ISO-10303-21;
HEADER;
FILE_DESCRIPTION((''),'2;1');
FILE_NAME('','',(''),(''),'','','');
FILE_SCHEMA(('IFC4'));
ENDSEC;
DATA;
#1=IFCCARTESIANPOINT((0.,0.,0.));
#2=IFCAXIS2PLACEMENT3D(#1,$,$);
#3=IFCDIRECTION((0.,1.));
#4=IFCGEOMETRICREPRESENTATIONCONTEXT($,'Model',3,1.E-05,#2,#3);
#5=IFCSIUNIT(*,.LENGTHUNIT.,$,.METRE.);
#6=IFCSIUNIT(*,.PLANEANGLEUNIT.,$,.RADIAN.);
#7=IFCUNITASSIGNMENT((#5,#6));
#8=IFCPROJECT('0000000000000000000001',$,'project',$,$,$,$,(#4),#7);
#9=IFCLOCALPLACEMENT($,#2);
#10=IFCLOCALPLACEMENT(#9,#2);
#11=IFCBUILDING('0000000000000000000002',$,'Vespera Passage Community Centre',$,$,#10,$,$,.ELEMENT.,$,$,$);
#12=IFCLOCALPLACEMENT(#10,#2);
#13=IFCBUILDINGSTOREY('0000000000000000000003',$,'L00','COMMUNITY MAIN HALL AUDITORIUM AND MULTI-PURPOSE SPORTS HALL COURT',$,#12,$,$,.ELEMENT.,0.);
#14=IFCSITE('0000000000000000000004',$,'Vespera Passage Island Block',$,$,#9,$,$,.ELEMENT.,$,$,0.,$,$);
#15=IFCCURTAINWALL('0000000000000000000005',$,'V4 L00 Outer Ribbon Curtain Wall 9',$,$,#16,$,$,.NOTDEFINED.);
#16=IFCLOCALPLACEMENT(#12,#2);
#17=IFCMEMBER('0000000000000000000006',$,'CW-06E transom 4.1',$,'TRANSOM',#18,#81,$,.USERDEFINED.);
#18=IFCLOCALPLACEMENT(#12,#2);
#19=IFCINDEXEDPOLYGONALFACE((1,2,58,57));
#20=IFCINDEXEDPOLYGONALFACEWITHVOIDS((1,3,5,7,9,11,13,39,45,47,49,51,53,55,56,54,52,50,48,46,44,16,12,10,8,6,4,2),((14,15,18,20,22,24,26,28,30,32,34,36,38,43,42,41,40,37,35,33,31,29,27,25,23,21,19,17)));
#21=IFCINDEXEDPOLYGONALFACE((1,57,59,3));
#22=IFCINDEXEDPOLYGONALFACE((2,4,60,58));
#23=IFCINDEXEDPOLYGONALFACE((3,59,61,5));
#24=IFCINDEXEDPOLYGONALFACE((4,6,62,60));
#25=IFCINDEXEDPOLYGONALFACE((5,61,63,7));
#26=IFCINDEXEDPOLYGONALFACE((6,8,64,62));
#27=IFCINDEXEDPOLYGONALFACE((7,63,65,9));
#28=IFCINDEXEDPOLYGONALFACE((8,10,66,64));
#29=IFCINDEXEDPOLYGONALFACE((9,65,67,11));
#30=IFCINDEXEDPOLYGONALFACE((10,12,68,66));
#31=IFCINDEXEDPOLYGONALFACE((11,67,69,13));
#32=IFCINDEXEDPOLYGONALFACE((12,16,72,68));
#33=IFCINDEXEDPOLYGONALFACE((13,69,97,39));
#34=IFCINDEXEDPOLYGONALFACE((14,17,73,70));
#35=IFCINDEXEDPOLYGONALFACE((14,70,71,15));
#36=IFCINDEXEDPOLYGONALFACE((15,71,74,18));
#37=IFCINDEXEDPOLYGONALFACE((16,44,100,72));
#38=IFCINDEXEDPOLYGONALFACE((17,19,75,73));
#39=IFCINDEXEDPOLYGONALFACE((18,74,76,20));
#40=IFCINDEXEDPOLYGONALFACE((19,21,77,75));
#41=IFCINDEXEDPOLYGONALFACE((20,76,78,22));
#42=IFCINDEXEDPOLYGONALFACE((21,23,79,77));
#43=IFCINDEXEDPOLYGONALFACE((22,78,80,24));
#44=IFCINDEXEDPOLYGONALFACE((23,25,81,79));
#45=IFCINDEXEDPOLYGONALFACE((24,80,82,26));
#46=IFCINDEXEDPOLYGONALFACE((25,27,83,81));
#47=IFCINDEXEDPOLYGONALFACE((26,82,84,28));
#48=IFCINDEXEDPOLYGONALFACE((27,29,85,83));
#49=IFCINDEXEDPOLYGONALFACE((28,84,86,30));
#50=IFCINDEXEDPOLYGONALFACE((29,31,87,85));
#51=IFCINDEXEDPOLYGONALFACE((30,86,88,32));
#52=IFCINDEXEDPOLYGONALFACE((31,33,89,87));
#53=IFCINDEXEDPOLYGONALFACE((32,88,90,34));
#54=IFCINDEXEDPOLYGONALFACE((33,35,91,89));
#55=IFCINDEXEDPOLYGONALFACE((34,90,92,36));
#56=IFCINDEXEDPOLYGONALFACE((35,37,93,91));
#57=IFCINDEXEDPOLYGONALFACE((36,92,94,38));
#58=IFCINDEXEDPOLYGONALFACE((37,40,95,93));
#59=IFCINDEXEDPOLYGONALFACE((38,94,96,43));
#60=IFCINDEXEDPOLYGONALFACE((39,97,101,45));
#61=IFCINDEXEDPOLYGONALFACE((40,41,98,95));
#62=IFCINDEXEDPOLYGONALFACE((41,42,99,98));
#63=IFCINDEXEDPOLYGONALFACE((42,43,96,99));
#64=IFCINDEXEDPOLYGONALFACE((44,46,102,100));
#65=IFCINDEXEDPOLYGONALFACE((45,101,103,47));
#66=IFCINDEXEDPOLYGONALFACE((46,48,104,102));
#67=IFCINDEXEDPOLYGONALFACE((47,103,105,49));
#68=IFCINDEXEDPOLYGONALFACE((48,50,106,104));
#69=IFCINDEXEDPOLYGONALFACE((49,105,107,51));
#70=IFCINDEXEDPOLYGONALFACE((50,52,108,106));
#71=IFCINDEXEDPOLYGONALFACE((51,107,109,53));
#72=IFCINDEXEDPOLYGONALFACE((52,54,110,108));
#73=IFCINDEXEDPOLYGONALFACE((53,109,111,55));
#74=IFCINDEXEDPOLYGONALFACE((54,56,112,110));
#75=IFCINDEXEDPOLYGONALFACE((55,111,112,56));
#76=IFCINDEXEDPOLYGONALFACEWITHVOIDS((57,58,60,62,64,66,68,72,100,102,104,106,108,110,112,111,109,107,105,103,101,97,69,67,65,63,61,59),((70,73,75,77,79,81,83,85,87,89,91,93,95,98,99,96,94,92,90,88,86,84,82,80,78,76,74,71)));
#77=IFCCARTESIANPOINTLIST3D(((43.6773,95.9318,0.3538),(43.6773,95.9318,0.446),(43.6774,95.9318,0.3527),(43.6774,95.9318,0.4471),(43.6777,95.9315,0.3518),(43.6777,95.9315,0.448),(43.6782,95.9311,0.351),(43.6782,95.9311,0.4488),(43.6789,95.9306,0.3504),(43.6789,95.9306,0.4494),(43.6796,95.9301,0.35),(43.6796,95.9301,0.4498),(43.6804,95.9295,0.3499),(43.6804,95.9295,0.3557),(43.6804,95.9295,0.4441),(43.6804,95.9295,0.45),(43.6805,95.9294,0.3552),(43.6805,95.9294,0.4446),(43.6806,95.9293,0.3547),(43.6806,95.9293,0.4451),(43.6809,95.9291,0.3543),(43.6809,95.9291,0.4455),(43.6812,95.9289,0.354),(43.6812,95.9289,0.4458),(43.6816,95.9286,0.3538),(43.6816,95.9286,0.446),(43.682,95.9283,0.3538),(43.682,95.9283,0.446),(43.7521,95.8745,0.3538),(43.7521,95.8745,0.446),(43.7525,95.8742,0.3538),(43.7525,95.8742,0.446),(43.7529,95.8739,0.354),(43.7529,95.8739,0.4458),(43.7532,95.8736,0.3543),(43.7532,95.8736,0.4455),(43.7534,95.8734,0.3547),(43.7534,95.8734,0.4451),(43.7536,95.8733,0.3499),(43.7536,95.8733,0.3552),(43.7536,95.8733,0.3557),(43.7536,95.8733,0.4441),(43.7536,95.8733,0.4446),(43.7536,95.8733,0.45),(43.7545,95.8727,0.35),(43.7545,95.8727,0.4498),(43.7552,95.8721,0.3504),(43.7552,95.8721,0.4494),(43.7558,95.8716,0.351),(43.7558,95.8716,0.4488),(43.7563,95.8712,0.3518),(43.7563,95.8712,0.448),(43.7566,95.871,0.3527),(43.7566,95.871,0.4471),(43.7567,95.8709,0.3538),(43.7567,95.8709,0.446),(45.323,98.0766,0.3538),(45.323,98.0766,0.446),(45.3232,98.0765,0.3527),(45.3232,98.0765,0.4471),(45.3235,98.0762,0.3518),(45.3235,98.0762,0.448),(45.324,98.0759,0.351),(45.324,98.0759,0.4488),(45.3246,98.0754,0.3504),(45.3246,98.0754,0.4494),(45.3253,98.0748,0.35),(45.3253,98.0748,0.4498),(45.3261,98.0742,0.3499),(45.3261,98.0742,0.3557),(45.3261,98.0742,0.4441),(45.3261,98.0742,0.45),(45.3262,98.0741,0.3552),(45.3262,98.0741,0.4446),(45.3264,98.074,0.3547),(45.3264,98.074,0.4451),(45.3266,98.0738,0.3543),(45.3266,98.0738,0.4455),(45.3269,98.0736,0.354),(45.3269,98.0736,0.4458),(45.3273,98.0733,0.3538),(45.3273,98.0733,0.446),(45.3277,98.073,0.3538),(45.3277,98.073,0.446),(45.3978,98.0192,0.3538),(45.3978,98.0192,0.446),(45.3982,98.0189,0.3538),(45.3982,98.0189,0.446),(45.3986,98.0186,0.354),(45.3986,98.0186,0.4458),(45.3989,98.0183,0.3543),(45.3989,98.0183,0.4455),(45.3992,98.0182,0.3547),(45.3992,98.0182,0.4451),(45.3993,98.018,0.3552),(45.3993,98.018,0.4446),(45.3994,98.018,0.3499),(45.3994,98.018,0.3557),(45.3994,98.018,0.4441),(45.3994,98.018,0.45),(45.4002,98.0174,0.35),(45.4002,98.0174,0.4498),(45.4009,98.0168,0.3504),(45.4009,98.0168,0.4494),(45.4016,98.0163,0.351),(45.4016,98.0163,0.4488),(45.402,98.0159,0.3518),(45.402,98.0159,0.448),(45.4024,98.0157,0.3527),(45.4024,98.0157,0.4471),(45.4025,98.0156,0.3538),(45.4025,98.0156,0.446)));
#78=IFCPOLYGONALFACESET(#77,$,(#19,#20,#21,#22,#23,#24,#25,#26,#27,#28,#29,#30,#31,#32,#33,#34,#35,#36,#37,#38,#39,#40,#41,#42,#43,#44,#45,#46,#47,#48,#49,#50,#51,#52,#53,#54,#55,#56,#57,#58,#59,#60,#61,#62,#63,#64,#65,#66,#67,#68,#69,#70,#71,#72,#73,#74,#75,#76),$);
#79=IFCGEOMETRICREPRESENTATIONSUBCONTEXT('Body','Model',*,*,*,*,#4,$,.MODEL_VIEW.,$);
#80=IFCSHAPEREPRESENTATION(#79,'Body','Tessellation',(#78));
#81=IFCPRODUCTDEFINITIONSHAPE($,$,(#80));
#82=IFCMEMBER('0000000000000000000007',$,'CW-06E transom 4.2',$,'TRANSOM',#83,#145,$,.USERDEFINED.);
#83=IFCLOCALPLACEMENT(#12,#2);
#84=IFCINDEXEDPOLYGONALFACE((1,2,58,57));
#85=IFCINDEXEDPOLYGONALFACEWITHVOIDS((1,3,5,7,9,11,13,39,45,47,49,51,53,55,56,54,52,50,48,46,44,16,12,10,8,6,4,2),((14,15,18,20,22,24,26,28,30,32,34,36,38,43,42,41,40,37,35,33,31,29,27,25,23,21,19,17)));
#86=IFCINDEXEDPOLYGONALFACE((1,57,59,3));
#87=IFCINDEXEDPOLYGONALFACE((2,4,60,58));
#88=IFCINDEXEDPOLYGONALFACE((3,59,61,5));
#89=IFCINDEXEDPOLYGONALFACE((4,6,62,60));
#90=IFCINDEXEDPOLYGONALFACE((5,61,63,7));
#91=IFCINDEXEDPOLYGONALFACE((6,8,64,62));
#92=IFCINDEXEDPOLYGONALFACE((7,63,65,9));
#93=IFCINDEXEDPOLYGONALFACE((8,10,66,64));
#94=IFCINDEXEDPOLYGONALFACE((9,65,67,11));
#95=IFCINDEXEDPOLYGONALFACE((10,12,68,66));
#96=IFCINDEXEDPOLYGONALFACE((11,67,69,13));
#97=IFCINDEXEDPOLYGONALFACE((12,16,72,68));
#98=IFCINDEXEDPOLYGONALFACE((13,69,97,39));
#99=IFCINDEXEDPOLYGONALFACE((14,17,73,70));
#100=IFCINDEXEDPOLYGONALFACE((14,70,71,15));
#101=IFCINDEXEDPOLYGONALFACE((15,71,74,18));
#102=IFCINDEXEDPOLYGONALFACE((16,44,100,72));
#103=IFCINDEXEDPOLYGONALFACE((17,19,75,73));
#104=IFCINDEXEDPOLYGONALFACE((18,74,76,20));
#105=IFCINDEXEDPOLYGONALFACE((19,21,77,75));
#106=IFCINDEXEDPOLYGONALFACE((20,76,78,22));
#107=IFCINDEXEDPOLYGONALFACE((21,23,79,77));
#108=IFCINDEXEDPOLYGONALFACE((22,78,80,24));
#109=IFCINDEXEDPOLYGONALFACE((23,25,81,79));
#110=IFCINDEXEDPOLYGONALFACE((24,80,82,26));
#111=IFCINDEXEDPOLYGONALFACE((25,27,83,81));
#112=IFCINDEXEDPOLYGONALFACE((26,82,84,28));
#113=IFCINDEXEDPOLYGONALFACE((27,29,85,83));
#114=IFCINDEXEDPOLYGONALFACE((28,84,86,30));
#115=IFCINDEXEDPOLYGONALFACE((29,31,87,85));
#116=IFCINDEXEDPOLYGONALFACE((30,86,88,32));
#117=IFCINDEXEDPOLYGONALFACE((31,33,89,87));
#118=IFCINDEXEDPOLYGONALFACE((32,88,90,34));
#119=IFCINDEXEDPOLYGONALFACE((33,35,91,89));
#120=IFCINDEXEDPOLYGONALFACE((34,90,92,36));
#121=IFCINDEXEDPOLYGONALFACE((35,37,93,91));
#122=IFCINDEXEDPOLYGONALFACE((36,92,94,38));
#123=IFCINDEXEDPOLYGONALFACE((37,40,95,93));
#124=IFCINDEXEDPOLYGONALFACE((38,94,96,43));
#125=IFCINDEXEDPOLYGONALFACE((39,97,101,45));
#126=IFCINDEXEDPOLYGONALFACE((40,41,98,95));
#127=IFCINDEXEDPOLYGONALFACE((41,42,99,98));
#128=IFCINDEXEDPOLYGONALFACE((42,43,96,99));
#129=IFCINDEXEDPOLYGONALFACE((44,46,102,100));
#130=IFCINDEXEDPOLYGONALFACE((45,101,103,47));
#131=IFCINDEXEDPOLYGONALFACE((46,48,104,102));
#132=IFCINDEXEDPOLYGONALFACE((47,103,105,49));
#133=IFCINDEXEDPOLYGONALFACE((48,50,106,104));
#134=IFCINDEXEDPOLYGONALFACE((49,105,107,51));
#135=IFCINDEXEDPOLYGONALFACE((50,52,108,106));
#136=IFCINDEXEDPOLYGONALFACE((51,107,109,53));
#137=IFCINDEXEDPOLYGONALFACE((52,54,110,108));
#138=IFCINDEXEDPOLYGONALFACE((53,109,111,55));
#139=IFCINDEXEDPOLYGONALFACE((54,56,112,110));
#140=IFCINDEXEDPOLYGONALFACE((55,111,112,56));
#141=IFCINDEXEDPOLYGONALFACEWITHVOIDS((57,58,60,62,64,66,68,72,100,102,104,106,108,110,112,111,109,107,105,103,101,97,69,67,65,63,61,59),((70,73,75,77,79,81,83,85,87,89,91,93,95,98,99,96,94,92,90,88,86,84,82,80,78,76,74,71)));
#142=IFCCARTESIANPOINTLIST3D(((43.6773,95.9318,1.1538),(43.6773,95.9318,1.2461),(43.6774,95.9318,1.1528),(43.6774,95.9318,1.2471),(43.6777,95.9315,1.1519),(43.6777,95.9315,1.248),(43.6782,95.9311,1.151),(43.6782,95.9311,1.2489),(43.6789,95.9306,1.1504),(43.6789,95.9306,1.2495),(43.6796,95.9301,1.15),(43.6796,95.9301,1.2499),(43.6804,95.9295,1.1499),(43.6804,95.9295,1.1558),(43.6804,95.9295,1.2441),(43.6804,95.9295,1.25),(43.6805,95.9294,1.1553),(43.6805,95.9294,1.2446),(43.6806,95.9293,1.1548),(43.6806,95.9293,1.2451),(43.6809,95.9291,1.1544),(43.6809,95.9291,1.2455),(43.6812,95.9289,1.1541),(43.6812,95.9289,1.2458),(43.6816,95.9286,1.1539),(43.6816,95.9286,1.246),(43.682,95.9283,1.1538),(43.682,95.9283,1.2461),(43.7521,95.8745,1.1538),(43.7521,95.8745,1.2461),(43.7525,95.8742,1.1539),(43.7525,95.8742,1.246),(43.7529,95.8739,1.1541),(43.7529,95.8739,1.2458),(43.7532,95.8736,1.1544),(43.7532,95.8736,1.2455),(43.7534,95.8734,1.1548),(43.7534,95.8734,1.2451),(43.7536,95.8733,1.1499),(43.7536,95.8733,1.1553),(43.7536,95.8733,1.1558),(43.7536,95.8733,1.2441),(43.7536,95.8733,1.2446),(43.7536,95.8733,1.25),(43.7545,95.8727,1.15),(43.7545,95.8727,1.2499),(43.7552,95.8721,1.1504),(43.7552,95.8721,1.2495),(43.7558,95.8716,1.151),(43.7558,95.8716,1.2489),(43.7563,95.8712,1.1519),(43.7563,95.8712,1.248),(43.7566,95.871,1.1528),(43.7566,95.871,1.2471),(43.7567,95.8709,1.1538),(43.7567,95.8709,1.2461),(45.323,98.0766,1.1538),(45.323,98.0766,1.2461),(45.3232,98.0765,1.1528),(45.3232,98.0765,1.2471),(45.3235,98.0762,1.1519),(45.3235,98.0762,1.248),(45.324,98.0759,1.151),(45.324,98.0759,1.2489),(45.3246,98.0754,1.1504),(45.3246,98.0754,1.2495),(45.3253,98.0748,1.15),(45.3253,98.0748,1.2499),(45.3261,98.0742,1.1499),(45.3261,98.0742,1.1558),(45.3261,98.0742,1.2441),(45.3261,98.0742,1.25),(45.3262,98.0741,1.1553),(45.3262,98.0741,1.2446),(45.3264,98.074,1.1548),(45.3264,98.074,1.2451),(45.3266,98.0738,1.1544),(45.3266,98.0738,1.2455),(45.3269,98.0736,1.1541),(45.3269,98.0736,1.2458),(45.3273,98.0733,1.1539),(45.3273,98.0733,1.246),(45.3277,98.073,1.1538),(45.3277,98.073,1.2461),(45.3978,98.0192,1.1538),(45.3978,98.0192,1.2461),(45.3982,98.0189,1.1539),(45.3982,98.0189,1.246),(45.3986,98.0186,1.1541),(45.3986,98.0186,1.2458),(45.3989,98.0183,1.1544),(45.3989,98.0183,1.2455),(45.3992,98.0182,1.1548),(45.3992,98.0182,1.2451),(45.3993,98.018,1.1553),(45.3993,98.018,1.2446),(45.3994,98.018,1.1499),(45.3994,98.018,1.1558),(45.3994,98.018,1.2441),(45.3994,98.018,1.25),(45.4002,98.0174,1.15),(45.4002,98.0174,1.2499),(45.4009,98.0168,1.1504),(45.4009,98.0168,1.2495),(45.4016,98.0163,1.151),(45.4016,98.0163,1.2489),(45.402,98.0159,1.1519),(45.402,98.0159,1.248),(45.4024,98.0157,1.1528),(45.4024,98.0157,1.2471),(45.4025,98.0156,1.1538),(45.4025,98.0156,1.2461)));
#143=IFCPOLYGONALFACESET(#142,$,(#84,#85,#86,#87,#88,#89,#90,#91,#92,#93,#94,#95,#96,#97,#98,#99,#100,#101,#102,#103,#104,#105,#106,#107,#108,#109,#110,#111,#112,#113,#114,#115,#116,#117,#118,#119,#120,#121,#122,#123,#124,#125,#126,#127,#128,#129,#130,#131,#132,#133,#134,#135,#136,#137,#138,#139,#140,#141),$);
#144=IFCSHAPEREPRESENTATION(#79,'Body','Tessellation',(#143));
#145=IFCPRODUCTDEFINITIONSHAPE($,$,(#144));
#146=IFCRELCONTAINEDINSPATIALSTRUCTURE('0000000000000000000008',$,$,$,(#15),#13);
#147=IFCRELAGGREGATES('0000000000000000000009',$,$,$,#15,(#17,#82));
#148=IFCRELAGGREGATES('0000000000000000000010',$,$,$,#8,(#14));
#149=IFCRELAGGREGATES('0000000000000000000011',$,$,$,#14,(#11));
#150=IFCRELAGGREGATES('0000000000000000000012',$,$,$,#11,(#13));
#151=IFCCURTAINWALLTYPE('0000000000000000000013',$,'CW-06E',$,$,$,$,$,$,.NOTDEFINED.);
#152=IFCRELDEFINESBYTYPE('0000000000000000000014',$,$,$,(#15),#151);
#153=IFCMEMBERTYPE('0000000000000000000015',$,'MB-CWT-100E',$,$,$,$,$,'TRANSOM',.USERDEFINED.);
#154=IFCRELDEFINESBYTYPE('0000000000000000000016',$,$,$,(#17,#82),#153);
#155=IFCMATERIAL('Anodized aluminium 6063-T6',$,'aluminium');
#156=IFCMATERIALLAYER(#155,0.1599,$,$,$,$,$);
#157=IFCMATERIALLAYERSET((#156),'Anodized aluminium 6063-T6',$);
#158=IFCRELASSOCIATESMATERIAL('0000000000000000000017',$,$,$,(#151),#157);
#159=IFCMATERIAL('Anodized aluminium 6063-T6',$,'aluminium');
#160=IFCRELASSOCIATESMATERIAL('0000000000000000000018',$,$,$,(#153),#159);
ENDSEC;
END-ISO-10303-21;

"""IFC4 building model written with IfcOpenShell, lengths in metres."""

from ifc_helpers import new_model, si_unit, direction, frame, origin, origin_2d, place, context, subcontext, project, spatial, hollow_rectangle, extrude, material, layer, layer_set, material_profile, profile_set, type_object, element, aggregate, save


model = new_model("IFC4")

# Units and contexts
model_context = context("Model", 3, precision=1e-05, world=origin(), true_north=direction((0.0, 1.0)))
body_context = subcontext(model_context, "Body", "Model", "MODEL_VIEW")
ifc_project = project(units=[si_unit("LENGTHUNIT", "METRE"), si_unit("PLANEANGLEUNIT", "RADIAN")], contexts=[model_context])

# Site, building, storey
site_placement = place(None, origin())
site = spatial("IfcSite", under=ifc_project, at=site_placement, Name="Vespera Passage Island Block", CompositionType="ELEMENT", RefElevation=0.0)
building_placement = place(site_placement, origin())
building = spatial("IfcBuilding", under=site, at=building_placement, Name="Vespera Passage Community Centre", CompositionType="ELEMENT")
storey_placement = place(building_placement, origin())
storey = spatial("IfcBuildingStorey", under=building, at=storey_placement, Name="L00", Description="COMMUNITY MAIN HALL AUDITORIUM AND MULTI-PURPOSE SPORTS HALL COURT", CompositionType="ELEMENT", Elevation=0.0)

# Curtain wall
ifc_material_1 = material(Name="Anodized aluminium 6063-T6", Category="aluminium")
ifc_layer_1 = layer(ifc_material_1, 0.1599)
ifc_layer_set_1 = layer_set([ifc_layer_1], Name="Anodized aluminium 6063-T6")
curtain_wall_type_1 = type_object("IfcCurtainWallType", Name="CW-06E", PredefinedType="NOTDEFINED", material=ifc_layer_set_1)
curtain_wall_1_placement = place(storey_placement, origin())
curtain_wall_1 = element("IfcCurtainWall", 1, at=curtain_wall_1_placement, inside=storey, type_object=curtain_wall_type_1, Name="V4 L00 Outer Ribbon Curtain Wall 9", PredefinedType="NOTDEFINED")

# Members
ifc_material_2 = material(Name="Anodized aluminium 6063-T6", Category="aluminium")
ifc_material_profile_1 = material_profile(ifc_material_2, hollow_rectangle(XDim=0.1001, YDim=0.1001, WallThickness=0.0039, InnerFilletRadius=0.002, OuterFilletRadius=0.0039, at=origin_2d()), Name="ALU100X100X4")
ifc_profile_set_1 = profile_set([ifc_material_profile_1], Name="Anodized aluminium 6063-T6")
member_type_1 = type_object("IfcMemberType", Name="MB-CWT-100E", ElementType="TRANSOM", PredefinedType="USERDEFINED", material=ifc_profile_set_1)
member_1_placement = place(storey_placement, frame((43.717, 95.9014, 0.3999), z_axis=(0.608763, 0.793352, 0.0), x_axis=(-0.793352, 0.608763, 0.0)))
member_1 = element("IfcMember", 2, at=member_1_placement, type_object=member_type_1, Name="CW-06E transom 4.1", ObjectType="TRANSOM", PredefinedType="USERDEFINED", context=body_context, shape_type="SweptSolid", body=[
    extrude(hollow_rectangle(XDim=0.1001, YDim=0.1001, WallThickness=0.0039, InnerFilletRadius=0.002, OuterFilletRadius=0.0039, at=origin_2d()), origin(), (0.0, 0.0, 1.0), 2.7034),
])
member_2_placement = place(storey_placement, frame((43.717, 95.9014, 1.2), z_axis=(0.608763, 0.793352, 0.0), x_axis=(-0.793352, 0.608763, 0.0)))
member_2 = element("IfcMember", 3, at=member_2_placement, type_object=member_type_1, Name="CW-06E transom 4.2", ObjectType="TRANSOM", PredefinedType="USERDEFINED", context=body_context, shape_type="SweptSolid", body=[
    extrude(hollow_rectangle(XDim=0.1001, YDim=0.1001, WallThickness=0.0039, InnerFilletRadius=0.002, OuterFilletRadius=0.0039, at=origin_2d()), origin(), (0.0, 0.0, 1.0), 2.7034),
])

aggregate(curtain_wall_1, [member_1, member_2])

save(model, "model.ifc")
